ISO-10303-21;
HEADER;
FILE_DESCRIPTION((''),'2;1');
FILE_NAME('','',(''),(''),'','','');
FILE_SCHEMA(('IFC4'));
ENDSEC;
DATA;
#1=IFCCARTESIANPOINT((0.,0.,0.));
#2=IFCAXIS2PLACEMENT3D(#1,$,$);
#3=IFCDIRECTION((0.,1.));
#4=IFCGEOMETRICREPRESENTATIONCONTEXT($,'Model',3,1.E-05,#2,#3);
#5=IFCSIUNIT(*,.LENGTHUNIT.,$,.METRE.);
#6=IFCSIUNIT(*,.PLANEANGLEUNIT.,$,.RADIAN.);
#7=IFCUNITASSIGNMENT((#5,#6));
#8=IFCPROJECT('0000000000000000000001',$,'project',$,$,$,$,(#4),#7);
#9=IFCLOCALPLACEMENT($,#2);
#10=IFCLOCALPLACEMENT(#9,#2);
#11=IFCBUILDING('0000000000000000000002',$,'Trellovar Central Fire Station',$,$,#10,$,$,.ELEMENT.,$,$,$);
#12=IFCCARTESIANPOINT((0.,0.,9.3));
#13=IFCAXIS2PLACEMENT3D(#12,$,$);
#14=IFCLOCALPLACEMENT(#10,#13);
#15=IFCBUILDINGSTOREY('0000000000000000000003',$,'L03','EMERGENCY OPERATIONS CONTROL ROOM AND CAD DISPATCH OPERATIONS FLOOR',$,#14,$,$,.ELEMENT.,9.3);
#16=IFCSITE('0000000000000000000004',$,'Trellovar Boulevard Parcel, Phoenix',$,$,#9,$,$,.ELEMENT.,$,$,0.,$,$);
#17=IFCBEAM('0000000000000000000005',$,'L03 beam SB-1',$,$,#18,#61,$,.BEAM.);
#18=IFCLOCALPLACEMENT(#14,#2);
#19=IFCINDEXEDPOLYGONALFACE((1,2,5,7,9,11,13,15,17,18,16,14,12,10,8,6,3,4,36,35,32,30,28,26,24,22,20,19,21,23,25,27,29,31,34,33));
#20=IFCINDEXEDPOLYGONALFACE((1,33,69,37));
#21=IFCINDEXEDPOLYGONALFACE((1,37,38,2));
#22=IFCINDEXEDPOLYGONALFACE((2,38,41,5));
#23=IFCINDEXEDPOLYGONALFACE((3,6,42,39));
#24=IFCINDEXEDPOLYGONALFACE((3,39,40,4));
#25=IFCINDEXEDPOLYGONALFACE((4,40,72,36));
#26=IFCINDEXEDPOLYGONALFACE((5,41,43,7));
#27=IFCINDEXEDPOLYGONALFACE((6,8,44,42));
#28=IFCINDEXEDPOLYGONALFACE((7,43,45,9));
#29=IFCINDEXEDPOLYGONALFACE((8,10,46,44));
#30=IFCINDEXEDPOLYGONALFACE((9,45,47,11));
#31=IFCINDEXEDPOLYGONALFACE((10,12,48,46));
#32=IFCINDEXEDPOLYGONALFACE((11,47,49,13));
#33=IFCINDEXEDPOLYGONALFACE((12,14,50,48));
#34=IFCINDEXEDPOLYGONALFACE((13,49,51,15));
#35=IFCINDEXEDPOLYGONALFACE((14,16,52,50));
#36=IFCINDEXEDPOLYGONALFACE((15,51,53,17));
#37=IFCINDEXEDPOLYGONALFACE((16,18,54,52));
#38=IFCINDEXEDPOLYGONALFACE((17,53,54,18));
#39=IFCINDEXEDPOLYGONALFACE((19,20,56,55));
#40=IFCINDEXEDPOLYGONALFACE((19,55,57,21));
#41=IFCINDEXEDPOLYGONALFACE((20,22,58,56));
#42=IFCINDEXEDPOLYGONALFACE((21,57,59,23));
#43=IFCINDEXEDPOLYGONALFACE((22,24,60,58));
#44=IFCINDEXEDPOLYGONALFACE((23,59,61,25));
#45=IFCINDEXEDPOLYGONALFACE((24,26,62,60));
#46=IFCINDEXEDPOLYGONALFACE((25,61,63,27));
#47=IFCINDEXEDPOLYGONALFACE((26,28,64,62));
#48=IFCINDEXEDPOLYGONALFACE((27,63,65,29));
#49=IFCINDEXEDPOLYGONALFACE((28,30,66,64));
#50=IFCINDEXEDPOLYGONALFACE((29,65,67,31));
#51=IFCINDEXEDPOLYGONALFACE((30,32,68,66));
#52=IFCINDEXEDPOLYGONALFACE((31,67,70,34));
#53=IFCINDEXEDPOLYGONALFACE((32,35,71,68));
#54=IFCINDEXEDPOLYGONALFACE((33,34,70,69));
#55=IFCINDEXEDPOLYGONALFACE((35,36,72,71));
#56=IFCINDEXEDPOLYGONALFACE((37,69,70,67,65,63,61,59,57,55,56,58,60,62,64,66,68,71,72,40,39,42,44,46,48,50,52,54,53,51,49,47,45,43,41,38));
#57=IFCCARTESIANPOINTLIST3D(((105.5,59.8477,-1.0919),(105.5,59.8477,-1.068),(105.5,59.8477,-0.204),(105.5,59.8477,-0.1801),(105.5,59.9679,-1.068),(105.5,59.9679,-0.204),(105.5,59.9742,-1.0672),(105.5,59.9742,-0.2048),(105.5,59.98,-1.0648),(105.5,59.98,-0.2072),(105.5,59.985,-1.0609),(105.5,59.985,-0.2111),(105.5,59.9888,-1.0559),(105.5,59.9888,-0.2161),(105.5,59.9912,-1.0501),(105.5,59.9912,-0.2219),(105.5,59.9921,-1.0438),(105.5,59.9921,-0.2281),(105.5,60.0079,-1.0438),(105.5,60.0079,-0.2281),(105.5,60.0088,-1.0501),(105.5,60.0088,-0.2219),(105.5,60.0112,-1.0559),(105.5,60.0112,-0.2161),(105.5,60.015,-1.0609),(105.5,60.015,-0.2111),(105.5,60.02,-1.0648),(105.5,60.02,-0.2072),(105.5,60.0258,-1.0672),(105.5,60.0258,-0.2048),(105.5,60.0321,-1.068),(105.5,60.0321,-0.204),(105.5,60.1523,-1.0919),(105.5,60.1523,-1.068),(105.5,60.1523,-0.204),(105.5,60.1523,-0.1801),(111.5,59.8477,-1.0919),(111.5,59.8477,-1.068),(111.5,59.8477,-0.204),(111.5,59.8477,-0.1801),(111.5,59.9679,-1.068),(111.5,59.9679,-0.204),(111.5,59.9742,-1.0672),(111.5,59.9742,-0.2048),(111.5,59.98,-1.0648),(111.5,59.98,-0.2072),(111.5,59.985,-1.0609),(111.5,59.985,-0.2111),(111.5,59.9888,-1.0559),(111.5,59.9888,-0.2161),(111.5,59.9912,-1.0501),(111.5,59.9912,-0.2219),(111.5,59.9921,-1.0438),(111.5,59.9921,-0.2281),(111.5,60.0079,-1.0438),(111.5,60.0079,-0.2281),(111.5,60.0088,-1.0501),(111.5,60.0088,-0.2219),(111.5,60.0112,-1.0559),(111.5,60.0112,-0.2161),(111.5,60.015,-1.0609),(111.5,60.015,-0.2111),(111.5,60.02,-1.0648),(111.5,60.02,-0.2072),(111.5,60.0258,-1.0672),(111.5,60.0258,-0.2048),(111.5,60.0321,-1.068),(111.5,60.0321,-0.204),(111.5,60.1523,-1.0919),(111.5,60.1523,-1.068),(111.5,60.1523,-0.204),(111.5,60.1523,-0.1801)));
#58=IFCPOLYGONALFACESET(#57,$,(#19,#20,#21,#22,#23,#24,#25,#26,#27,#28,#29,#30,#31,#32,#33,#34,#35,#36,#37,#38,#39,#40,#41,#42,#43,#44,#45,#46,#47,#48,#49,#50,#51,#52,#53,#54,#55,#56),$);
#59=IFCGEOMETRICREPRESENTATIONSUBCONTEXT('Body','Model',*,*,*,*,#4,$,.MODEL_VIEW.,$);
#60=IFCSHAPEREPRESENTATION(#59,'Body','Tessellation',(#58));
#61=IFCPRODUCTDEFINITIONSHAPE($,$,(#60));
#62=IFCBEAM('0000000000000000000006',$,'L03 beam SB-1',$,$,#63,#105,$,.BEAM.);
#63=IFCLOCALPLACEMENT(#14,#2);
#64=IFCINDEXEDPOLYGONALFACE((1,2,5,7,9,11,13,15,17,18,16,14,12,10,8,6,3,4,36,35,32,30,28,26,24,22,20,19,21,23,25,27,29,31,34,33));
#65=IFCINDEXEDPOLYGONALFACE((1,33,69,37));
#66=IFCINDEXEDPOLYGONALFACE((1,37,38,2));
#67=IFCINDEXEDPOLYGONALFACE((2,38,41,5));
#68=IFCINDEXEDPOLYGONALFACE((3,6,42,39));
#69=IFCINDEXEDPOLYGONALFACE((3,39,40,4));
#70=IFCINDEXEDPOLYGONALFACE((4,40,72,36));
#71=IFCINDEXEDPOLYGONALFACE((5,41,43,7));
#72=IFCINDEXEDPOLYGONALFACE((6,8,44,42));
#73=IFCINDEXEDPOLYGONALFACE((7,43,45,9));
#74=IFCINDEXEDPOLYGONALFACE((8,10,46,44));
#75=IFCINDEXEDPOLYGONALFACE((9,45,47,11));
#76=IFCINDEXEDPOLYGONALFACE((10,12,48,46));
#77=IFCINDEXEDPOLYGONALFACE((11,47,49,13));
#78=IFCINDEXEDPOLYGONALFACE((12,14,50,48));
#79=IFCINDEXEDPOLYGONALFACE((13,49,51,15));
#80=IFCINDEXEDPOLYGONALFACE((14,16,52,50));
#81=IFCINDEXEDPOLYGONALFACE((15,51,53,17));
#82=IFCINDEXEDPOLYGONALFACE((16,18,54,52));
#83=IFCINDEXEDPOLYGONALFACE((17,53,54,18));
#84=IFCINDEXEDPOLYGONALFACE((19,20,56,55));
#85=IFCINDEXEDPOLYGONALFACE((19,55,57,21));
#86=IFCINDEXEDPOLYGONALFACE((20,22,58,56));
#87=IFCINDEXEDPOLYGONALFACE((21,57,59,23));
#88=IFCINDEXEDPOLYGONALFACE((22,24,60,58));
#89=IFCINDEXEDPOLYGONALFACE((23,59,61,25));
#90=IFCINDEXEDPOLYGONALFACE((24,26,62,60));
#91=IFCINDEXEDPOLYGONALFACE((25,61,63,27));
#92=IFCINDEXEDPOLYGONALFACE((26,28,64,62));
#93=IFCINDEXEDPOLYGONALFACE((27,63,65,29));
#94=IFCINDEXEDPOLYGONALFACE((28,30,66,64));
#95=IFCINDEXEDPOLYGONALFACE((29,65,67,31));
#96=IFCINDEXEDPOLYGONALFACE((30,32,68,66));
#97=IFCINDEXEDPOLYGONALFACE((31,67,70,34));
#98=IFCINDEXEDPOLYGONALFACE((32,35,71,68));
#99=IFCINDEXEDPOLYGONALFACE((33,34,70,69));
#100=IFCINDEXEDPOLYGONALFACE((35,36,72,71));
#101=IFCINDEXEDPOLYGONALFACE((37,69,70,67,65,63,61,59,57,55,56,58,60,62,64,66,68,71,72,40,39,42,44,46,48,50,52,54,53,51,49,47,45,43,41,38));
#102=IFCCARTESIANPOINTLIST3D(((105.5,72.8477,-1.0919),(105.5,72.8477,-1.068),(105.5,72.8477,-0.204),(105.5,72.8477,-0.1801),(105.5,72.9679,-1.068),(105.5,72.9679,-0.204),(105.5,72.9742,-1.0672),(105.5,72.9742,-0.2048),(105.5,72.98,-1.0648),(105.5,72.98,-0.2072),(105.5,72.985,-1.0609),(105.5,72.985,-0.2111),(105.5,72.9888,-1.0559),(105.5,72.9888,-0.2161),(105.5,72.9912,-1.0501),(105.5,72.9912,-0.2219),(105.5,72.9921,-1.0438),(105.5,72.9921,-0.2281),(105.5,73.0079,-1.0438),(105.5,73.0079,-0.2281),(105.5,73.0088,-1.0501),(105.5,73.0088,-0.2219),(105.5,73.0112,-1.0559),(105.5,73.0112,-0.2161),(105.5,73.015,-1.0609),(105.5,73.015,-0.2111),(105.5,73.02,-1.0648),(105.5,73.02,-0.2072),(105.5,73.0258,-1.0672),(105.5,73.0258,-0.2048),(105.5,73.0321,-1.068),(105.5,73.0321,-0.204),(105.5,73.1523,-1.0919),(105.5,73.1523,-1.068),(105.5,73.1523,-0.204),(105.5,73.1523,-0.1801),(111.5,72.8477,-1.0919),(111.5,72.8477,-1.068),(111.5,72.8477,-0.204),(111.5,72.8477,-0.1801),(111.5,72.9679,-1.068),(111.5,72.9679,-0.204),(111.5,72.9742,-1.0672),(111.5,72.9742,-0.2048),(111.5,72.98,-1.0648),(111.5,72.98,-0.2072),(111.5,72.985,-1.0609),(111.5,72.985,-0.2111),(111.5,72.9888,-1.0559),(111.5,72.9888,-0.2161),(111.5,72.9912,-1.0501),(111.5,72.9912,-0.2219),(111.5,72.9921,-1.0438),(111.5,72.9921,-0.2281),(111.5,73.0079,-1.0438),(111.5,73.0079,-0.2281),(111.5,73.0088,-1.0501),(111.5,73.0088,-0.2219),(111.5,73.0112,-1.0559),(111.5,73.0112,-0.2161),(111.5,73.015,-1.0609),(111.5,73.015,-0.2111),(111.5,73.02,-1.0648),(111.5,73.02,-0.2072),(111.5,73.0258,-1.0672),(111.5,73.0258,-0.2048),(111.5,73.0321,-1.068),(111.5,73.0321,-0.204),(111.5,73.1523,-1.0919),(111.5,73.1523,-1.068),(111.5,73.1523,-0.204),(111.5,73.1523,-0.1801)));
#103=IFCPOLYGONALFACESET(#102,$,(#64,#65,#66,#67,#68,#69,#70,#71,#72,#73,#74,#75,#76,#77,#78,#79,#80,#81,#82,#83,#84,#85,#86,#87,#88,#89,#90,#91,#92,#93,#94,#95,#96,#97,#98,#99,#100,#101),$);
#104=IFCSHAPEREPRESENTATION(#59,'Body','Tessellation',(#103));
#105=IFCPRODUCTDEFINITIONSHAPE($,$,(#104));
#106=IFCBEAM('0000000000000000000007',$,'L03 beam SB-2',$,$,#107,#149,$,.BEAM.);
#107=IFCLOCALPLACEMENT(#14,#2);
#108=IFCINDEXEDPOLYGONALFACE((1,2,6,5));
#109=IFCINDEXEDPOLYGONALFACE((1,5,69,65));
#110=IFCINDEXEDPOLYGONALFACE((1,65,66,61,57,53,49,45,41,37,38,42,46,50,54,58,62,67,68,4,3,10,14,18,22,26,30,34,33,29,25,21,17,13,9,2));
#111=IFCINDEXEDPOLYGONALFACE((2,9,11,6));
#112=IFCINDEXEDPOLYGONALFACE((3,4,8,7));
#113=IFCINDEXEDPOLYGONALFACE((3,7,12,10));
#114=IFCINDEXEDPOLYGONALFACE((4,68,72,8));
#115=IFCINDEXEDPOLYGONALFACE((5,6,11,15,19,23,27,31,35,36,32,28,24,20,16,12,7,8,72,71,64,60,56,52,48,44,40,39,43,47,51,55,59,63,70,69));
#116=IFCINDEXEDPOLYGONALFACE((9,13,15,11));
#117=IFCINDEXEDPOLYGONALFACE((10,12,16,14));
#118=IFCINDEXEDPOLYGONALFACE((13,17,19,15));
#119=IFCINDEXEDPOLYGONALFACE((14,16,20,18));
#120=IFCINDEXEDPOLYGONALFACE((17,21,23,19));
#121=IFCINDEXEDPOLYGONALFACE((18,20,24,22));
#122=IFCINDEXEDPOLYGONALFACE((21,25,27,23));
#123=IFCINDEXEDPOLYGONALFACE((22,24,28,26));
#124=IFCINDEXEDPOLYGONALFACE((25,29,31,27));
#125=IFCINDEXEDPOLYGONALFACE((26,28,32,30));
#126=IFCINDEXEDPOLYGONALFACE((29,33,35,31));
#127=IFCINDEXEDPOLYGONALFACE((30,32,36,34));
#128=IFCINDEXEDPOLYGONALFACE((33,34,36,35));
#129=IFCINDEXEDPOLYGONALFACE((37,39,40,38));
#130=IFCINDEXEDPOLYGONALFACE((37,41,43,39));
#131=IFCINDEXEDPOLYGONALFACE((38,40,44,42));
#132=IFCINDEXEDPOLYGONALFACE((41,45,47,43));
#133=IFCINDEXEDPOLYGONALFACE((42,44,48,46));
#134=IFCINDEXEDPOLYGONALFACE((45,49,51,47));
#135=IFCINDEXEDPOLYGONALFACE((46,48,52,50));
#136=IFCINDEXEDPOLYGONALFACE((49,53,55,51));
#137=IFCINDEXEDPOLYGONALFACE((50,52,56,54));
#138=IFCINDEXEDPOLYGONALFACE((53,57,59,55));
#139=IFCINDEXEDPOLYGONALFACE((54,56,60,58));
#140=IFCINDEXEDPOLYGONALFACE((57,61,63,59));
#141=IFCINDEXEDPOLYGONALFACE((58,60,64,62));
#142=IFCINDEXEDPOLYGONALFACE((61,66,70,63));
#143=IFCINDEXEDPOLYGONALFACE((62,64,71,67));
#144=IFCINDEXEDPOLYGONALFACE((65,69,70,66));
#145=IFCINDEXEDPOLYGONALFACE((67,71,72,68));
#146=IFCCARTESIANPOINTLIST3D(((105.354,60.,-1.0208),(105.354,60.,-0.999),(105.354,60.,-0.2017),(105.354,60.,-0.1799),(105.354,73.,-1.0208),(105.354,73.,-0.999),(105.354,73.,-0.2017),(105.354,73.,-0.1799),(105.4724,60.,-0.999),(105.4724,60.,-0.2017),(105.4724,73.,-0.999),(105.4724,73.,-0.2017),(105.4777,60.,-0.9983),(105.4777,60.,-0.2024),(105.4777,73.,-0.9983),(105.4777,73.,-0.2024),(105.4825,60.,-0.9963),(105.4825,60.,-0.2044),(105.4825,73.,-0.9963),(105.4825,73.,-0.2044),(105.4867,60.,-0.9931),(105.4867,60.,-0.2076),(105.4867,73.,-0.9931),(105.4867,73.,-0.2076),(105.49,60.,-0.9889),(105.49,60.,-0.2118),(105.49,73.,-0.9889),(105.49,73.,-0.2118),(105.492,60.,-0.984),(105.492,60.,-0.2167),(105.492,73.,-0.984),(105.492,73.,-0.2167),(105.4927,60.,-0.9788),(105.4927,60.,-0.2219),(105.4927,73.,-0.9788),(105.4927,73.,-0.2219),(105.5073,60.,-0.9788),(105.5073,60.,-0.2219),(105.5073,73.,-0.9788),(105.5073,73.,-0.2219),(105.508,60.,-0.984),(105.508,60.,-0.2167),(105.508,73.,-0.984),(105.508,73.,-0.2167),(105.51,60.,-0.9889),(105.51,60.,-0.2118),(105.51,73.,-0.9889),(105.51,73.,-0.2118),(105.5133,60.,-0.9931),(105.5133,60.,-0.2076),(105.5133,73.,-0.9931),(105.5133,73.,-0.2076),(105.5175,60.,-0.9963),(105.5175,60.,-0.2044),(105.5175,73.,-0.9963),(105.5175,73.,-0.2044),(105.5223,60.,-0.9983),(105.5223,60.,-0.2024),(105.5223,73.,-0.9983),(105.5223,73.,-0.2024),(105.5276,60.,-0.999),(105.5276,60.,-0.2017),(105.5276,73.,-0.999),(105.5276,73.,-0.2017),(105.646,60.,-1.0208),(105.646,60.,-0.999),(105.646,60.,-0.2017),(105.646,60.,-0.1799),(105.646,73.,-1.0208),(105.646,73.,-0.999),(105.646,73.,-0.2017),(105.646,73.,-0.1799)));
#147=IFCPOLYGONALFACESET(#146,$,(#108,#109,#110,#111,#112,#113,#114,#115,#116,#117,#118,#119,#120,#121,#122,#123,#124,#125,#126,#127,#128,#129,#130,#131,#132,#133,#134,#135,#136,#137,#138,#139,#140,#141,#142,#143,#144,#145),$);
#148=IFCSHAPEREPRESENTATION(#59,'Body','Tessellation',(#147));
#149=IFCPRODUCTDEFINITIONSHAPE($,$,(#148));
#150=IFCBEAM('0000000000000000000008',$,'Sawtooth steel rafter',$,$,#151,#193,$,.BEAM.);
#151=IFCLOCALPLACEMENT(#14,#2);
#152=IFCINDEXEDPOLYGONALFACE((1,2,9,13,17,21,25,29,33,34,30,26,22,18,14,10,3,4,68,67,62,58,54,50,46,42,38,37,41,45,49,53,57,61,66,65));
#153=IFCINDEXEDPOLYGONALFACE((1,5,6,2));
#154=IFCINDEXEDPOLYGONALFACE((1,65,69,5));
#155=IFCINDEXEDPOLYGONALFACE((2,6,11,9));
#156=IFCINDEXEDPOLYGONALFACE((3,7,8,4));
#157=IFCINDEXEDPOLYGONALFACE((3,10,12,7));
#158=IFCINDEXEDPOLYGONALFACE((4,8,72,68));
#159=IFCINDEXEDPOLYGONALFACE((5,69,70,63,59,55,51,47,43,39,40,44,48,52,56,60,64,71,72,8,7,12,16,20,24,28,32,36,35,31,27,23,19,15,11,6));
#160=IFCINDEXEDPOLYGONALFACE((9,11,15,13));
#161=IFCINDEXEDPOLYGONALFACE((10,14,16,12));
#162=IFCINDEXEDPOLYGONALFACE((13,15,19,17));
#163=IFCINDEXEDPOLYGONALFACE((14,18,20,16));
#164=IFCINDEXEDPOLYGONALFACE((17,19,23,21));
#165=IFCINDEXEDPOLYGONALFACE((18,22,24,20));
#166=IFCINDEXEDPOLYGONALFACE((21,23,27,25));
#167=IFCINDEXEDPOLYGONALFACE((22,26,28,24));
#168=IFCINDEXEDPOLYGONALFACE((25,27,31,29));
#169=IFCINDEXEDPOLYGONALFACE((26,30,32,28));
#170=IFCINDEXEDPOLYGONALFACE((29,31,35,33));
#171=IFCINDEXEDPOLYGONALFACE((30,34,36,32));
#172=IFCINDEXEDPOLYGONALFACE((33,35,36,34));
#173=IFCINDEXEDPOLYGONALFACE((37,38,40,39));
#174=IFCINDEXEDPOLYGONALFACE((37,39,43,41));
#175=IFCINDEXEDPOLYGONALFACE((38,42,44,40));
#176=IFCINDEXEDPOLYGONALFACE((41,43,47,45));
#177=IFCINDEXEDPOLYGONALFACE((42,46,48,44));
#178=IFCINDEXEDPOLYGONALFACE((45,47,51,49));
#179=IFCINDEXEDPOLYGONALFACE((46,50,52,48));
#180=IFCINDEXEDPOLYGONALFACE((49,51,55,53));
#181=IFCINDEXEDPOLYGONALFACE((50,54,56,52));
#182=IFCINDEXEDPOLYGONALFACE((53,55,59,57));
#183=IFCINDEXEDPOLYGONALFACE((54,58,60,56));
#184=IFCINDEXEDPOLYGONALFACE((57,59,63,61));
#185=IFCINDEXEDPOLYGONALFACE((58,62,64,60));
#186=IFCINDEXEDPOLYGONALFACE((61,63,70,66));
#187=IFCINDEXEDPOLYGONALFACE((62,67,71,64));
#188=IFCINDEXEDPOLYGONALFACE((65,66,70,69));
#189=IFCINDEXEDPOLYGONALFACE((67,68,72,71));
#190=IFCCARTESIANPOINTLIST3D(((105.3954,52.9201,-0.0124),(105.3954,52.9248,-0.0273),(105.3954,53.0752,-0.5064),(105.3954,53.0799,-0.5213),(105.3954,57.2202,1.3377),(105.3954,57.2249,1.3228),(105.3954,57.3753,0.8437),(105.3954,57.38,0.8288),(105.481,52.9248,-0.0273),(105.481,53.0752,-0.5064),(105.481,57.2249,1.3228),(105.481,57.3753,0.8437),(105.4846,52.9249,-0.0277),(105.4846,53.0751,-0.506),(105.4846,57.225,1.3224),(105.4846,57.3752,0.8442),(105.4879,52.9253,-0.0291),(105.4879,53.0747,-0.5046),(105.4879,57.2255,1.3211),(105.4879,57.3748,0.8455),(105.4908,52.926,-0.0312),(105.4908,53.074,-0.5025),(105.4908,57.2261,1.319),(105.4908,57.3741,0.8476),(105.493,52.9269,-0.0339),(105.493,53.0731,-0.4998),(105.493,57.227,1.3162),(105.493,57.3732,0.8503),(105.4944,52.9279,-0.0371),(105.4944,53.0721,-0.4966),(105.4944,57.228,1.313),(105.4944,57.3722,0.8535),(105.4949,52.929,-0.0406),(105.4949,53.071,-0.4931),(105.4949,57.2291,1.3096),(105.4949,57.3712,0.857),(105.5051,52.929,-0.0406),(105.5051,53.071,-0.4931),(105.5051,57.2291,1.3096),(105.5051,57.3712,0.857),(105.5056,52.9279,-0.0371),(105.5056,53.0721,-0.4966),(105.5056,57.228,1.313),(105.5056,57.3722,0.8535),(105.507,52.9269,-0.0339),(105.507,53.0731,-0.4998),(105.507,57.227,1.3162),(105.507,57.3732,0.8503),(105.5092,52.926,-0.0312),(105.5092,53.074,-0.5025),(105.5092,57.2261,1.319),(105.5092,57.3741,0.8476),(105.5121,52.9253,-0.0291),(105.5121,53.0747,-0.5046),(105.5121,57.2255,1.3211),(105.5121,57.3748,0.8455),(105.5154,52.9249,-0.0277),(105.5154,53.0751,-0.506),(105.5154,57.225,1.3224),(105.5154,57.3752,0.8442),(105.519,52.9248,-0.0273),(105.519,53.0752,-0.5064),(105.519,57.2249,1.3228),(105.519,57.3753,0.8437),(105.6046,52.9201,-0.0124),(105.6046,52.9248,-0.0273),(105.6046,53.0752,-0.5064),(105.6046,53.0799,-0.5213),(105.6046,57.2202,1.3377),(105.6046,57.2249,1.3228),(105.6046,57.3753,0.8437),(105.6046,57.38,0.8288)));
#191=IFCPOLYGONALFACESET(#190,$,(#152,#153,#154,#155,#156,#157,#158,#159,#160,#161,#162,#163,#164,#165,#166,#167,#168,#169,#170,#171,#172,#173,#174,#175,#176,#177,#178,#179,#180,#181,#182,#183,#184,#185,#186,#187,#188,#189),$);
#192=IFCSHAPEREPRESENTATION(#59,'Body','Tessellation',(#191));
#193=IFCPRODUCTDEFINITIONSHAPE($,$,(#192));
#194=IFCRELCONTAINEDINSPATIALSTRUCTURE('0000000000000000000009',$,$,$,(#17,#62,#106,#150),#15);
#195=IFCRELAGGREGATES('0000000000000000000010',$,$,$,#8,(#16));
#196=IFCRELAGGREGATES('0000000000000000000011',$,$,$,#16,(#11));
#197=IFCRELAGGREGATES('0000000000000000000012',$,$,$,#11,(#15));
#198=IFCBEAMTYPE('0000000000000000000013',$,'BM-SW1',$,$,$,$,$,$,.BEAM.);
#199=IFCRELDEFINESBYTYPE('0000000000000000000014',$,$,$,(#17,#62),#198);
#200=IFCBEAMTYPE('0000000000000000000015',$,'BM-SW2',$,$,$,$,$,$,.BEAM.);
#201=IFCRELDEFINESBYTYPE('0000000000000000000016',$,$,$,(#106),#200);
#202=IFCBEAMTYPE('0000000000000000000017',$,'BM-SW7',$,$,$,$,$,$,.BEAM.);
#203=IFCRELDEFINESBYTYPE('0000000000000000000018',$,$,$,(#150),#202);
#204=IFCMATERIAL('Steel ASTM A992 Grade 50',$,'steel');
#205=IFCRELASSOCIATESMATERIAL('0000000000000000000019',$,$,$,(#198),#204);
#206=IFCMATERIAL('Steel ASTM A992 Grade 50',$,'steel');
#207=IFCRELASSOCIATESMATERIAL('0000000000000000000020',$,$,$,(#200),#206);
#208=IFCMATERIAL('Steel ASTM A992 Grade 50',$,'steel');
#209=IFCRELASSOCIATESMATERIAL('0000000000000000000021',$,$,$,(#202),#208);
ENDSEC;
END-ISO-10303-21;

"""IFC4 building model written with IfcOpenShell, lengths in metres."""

from ifc_helpers import new_model, si_unit, direction, frame, origin, origin_2d, place, context, subcontext, project, spatial, i_section, extrude, material, material_profile, profile_set, type_object, element, save


model = new_model("IFC4")

# Units and contexts
model_context = context("Model", 3, precision=1e-05, world=origin(), true_north=direction((0.0, 1.0)))
body_context = subcontext(model_context, "Body", "Model", "MODEL_VIEW")
ifc_project = project(units=[si_unit("LENGTHUNIT", "METRE"), si_unit("PLANEANGLEUNIT", "RADIAN")], contexts=[model_context])

# Site, building, storey
site_placement = place(None, origin())
site = spatial("IfcSite", under=ifc_project, at=site_placement, Name="Trellovar Boulevard Parcel, Phoenix", CompositionType="ELEMENT", RefElevation=0.0)
building_placement = place(site_placement, origin())
building = spatial("IfcBuilding", under=site, at=building_placement, Name="Trellovar Central Fire Station", CompositionType="ELEMENT")
storey_placement = place(building_placement, frame((0.0, 0.0, 9.3)))
storey = spatial("IfcBuildingStorey", under=building, at=storey_placement, Name="L03", Description="EMERGENCY OPERATIONS CONTROL ROOM AND CAD DISPATCH OPERATIONS FLOOR", CompositionType="ELEMENT", Elevation=9.3)

# Beams
ifc_material_1 = material(Name="Steel ASTM A992 Grade 50", Category="steel")
ifc_material_profile_1 = material_profile(ifc_material_1, i_section(OverallWidth=0.3047, OverallDepth=0.9119, WebThickness=0.0159, FlangeThickness=0.0239, FilletRadius=0.0242, at=origin_2d()), Name="W36X150")
ifc_profile_set_1 = profile_set([ifc_material_profile_1], Name="Steel ASTM A992 Grade 50")
beam_type_1 = type_object("IfcBeamType", Name="BM-SW1", PredefinedType="BEAM", material=ifc_profile_set_1)
for number, where, z_axis, x_axis, name in (
    (1, (105.5, 60.0, -0.636), (1.0, 0.0, 0.0), (0.0, 1.0, 0.0), "L03 beam SB-1"),
    (2, (105.5, 73.0, -0.636), (1.0, 0.0, 0.0), (0.0, 1.0, 0.0), "L03 beam SB-1"),
):
    element("IfcBeam", number, at=place(storey_placement, frame(where, z_axis=z_axis, x_axis=x_axis)), inside=storey, type_object=beam_type_1, Name=name, PredefinedType="BEAM", context=body_context, shape_type="SweptSolid", body=[
        extrude(i_section(OverallWidth=0.3047, OverallDepth=0.9119, WebThickness=0.0159, FlangeThickness=0.0239, FilletRadius=0.0242, at=origin_2d()), origin(), (0.0, 0.0, 1.0), 6.0),
    ])
ifc_material_2 = material(Name="Steel ASTM A992 Grade 50", Category="steel")
ifc_material_profile_2 = material_profile(ifc_material_2, i_section(OverallWidth=0.292, OverallDepth=0.8408, WebThickness=0.0146, FlangeThickness=0.0217, FilletRadius=0.0203, at=origin_2d()), Name="W33X130")
ifc_profile_set_2 = profile_set([ifc_material_profile_2], Name="Steel ASTM A992 Grade 50")
beam_type_2 = type_object("IfcBeamType", Name="BM-SW2", PredefinedType="BEAM", material=ifc_profile_set_2)
beam_placement = place(storey_placement, frame((105.5, 60.0, -0.6003), z_axis=(0.0, 1.0, 0.0), x_axis=(-1.0, 0.0, 0.0)))
element("IfcBeam", 3, at=beam_placement, inside=storey, type_object=beam_type_2, Name="L03 beam SB-2", PredefinedType="BEAM", context=body_context, shape_type="SweptSolid", body=[
    extrude(i_section(OverallWidth=0.292, OverallDepth=0.8408, WebThickness=0.0146, FlangeThickness=0.0217, FilletRadius=0.0203, at=origin_2d()), origin(), (0.0, 0.0, 1.0), 13.0),
])
ifc_material_3 = material(Name="Steel ASTM A992 Grade 50", Category="steel")
ifc_material_profile_3 = material_profile(ifc_material_3, i_section(OverallWidth=0.2092, OverallDepth=0.5334, WebThickness=0.0103, FlangeThickness=0.0156, FilletRadius=0.0139, at=origin_2d()), Name="W21X62")
ifc_profile_set_3 = profile_set([ifc_material_profile_3], Name="Steel ASTM A992 Grade 50")
beam_type_3 = type_object("IfcBeamType", Name="BM-SW7", PredefinedType="BEAM", material=ifc_profile_set_3)
for number, where, z_axis, x_axis, name in (
    (4, (105.5, 53.0, -0.2668), (0.0, 0.954079, 0.299555), (-1.0, 0.0, 0.0), "Sawtooth steel rafter"),
):
    element("IfcBeam", number, at=place(storey_placement, frame(where, z_axis=z_axis, x_axis=x_axis)), inside=storey, type_object=beam_type_3, Name=name, PredefinedType="BEAM", context=body_context, shape_type="SweptSolid", body=[
        extrude(i_section(OverallWidth=0.2092, OverallDepth=0.5334, WebThickness=0.0103, FlangeThickness=0.0156, FilletRadius=0.0139, at=origin_2d()), origin(), (0.0, 0.0, 1.0), 4.5071),
    ])

save(model, "model.ifc")
